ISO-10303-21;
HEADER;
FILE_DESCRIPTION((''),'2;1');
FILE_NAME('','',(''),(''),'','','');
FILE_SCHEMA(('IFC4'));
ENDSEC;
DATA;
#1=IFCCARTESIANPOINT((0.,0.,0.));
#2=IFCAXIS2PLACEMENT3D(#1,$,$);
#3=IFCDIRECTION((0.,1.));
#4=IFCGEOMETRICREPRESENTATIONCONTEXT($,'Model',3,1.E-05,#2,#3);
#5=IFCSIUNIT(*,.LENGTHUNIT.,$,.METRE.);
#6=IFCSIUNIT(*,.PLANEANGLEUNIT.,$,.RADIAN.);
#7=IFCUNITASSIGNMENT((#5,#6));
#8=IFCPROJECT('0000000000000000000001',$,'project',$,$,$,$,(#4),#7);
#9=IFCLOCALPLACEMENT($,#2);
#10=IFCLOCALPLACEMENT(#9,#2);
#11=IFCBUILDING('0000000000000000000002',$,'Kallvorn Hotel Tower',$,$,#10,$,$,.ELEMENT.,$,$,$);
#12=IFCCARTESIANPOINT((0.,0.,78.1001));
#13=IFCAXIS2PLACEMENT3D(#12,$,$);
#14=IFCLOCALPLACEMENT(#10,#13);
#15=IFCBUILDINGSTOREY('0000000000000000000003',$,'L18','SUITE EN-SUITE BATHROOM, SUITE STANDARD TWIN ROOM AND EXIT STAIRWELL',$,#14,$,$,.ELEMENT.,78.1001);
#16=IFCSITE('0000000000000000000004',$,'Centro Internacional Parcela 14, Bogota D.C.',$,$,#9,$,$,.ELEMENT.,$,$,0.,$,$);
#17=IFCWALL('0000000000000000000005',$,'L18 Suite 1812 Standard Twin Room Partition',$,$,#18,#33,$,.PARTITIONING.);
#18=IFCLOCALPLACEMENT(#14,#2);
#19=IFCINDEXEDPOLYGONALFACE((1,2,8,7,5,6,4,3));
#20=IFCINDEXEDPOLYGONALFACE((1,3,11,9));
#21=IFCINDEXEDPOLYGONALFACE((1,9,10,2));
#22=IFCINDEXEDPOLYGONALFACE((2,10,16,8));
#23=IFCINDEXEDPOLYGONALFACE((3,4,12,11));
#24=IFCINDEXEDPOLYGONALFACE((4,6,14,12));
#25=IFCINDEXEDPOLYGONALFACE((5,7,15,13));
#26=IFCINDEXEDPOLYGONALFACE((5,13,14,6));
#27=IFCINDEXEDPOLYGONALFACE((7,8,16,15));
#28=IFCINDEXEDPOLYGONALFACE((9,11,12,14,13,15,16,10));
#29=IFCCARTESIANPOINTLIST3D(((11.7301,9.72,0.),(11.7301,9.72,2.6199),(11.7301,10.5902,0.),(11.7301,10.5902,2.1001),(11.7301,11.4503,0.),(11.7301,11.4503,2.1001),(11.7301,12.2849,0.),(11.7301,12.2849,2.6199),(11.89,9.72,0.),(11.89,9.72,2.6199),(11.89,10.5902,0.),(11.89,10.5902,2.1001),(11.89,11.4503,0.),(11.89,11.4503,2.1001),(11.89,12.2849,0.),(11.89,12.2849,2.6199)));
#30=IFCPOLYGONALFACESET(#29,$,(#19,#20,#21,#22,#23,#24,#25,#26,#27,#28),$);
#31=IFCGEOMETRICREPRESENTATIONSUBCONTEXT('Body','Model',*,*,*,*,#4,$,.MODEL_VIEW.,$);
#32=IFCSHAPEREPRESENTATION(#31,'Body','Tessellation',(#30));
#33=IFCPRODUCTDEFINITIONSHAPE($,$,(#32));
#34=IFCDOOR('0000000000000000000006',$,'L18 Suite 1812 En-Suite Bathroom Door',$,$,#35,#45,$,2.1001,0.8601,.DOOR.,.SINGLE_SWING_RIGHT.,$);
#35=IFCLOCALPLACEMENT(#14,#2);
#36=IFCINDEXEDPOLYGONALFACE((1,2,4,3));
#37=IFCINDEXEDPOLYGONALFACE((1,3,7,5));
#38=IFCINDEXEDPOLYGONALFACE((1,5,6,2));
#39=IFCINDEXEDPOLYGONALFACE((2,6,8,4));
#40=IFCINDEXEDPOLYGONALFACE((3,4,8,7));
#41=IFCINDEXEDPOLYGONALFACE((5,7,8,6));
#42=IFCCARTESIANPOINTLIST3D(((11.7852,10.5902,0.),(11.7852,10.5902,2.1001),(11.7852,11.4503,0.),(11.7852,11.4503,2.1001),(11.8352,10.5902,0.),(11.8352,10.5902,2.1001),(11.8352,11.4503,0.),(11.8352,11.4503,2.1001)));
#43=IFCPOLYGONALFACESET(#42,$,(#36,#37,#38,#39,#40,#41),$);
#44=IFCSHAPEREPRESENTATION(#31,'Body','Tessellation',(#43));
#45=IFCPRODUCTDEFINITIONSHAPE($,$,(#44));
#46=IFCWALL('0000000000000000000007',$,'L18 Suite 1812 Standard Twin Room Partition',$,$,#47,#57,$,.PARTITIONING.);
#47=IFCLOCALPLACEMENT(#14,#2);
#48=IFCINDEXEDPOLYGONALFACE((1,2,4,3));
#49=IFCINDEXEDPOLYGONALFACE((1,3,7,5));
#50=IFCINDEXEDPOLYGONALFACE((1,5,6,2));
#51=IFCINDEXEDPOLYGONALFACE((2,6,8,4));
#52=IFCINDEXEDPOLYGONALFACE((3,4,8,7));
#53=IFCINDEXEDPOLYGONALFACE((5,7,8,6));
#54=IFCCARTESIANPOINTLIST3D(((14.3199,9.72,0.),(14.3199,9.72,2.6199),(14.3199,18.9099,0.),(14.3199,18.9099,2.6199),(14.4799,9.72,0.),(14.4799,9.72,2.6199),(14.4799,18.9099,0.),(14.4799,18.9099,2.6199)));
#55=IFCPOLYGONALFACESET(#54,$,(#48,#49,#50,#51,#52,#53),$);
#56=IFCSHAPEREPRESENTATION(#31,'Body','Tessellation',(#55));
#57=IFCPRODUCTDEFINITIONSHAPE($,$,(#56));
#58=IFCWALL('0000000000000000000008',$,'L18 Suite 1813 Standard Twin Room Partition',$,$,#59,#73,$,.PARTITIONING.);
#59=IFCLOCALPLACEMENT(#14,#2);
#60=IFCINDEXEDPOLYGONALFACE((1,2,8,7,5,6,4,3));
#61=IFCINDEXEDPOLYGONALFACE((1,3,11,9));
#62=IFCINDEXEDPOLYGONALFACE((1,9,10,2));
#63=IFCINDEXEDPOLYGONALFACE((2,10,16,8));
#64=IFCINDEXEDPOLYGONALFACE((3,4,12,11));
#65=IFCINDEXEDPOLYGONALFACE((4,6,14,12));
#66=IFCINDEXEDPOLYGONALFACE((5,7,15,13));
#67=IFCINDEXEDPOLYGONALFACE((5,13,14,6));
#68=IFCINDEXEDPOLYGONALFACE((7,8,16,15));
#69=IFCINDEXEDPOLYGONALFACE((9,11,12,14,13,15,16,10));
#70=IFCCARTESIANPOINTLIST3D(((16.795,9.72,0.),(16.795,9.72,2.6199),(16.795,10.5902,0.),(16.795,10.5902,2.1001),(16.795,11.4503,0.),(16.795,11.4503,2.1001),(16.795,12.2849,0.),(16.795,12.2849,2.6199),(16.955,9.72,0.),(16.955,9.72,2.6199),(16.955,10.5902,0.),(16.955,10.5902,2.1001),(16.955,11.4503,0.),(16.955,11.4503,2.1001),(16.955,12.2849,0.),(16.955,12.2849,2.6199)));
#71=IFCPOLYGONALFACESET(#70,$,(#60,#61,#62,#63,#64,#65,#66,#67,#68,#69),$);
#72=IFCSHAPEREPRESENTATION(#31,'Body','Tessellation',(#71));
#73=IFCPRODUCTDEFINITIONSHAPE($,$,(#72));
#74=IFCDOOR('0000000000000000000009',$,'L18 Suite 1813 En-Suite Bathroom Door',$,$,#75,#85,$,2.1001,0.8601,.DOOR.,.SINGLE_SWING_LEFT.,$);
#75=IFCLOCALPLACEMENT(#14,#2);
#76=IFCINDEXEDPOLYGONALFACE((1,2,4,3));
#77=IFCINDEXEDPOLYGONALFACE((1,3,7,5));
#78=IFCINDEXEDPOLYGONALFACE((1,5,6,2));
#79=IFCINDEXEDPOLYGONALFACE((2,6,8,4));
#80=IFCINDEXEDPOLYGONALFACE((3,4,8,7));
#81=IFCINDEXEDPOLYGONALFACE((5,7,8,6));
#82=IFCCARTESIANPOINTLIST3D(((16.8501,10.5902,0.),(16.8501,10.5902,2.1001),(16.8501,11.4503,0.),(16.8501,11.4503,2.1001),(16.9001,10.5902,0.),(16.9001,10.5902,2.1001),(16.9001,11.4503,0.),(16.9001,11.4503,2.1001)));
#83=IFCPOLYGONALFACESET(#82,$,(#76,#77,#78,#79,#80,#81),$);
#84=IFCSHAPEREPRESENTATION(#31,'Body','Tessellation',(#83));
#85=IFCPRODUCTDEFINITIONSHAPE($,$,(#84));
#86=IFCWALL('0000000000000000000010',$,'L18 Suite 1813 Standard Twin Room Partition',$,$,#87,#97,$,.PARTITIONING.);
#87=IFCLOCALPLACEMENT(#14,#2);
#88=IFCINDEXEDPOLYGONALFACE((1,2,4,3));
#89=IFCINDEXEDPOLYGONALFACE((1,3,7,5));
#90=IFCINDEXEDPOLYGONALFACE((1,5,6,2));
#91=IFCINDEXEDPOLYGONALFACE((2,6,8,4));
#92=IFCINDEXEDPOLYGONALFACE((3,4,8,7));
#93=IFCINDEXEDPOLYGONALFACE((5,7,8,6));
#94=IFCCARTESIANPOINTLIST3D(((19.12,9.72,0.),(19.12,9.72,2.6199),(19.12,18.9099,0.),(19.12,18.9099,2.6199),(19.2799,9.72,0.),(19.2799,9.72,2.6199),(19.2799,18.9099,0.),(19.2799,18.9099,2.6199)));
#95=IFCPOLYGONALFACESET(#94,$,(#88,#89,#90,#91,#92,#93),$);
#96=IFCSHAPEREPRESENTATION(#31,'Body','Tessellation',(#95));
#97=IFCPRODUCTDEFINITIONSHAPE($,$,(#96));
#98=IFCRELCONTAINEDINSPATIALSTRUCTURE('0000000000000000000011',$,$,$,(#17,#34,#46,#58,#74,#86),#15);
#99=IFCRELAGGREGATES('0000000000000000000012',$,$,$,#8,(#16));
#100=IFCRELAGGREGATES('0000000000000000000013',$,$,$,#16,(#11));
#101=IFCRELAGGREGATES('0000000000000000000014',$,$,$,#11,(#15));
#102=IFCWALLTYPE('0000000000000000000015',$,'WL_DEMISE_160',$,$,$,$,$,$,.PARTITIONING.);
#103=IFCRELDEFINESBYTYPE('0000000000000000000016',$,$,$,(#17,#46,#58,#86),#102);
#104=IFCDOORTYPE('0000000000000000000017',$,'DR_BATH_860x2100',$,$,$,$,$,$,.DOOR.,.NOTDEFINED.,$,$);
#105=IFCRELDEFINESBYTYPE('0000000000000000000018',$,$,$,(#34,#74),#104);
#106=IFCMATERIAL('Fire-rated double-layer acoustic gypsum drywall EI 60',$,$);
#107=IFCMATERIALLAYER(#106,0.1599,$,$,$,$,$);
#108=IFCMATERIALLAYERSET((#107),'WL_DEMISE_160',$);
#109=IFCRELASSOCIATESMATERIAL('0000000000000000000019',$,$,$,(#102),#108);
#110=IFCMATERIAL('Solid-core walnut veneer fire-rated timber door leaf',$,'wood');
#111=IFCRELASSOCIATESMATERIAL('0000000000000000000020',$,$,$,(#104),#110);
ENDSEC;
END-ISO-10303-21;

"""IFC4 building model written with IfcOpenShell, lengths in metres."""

from ifc_helpers import new_model, si_unit, direction, frame, frame_2d, origin, place, context, subcontext, project, spatial, rectangle, extrude, material, layer, layer_set, type_object, element, fill, save


model = new_model("IFC4")

# Units and contexts
model_context = context("Model", 3, precision=1e-05, world=origin(), true_north=direction((0.0, 1.0)))
body_context = subcontext(model_context, "Body", "Model", "MODEL_VIEW")
ifc_project = project(units=[si_unit("LENGTHUNIT", "METRE"), si_unit("PLANEANGLEUNIT", "RADIAN")], contexts=[model_context])

# Site, building, storey
site_placement = place(None, origin())
site = spatial("IfcSite", under=ifc_project, at=site_placement, Name="Centro Internacional Parcela 14, Bogota D.C.", CompositionType="ELEMENT", RefElevation=0.0)
building_placement = place(site_placement, origin())
building = spatial("IfcBuilding", under=site, at=building_placement, Name="Kallvorn Hotel Tower", CompositionType="ELEMENT")
storey_placement = place(building_placement, frame((0.0, 0.0, 78.1001)))
storey = spatial("IfcBuildingStorey", under=building, at=storey_placement, Name="L18", Description="SUITE EN-SUITE BATHROOM, SUITE STANDARD TWIN ROOM AND EXIT STAIRWELL", CompositionType="ELEMENT", Elevation=78.1001)

# Shared definitions
ifc_material_1 = material(Name="Fire-rated double-layer acoustic gypsum drywall EI 60")
ifc_layer = layer(ifc_material_1, 0.1599)
ifc_layer_set = layer_set([ifc_layer], Name="WL_DEMISE_160")
wall_type = type_object("IfcWallType", Name="WL_DEMISE_160", PredefinedType="PARTITIONING", material=ifc_layer_set)

# Wall, opening, door
wall_1_placement = place(storey_placement, frame((11.8101, 9.72, 0.0), z_axis=(0.0, 0.0, 1.0), x_axis=(0.0, 1.0, 0.0)))
wall_1 = element("IfcWall", 1, at=wall_1_placement, inside=storey, type_object=wall_type, Name="L18 Suite 1812 Standard Twin Room Partition", PredefinedType="PARTITIONING", context=body_context, shape_type="SweptSolid", body=[
    extrude(rectangle(XDim=2.5649, YDim=0.1599, at=frame_2d((1.2825, 0.0))), origin(), (0.0, 0.0, 1.0), 2.6199),
])
opening_1_placement = place(wall_1_placement, frame((0.8701, 0.0, 0.0)))
opening_1 = element("IfcOpeningElement", 2, at=opening_1_placement, cuts=wall_1, PredefinedType="OPENING", context=body_context, shape_type="SweptSolid", body=[
    extrude(rectangle(XDim=0.8601, YDim=2.1001, at=frame_2d((0.4302, 1.05))), frame((0.0, 0.095, 0.0), z_axis=(0.0, -1.0, 0.0), x_axis=(1.0, 0.0, 0.0)), (0.0, 0.0, 1.0), 0.1899),
])
ifc_material_2 = material(Name="Solid-core walnut veneer fire-rated timber door leaf", Category="wood")
door_type = type_object("IfcDoorType", Name="DR_BATH_860x2100", OperationType="NOTDEFINED", PredefinedType="DOOR", material=ifc_material_2)
door_1_placement = place(opening_1_placement, origin())
door_1 = element("IfcDoor", 3, at=door_1_placement, inside=storey, type_object=door_type, Name="L18 Suite 1812 En-Suite Bathroom Door", OperationType="SINGLE_SWING_RIGHT", OverallHeight=2.1001, OverallWidth=0.8601, PredefinedType="DOOR", context=body_context, shape_type="SweptSolid", body=[
    extrude(rectangle(XDim=0.8601, YDim=2.1001, at=frame_2d((0.4302, 1.05))), frame((0.0, 0.0249, 0.0), z_axis=(0.0, -1.0, 0.0), x_axis=(1.0, 0.0, 0.0)), (0.0, 0.0, 1.0), 0.05),
])
fill(opening_1, door_1)

# Wall
wall_2_placement = place(storey_placement, frame((14.3999, 9.72, 0.0), z_axis=(0.0, 0.0, 1.0), x_axis=(0.0, 1.0, 0.0)))
element("IfcWall", 4, at=wall_2_placement, inside=storey, type_object=wall_type, Name="L18 Suite 1812 Standard Twin Room Partition", PredefinedType="PARTITIONING", context=body_context, shape_type="SweptSolid", body=[
    extrude(rectangle(XDim=9.1899, YDim=0.1599, at=frame_2d((4.595, 0.0))), origin(), (0.0, 0.0, 1.0), 2.6199),
])

# Wall, opening, door
wall_3_placement = place(storey_placement, frame((16.875, 9.72, 0.0), z_axis=(0.0, 0.0, 1.0), x_axis=(0.0, 1.0, 0.0)))
wall_3 = element("IfcWall", 5, at=wall_3_placement, inside=storey, type_object=wall_type, Name="L18 Suite 1813 Standard Twin Room Partition", PredefinedType="PARTITIONING", context=body_context, shape_type="SweptSolid", body=[
    extrude(rectangle(XDim=2.5649, YDim=0.1599, at=frame_2d((1.2825, 0.0))), origin(), (0.0, 0.0, 1.0), 2.6199),
])
opening_2_placement = place(wall_3_placement, frame((0.8701, 0.0, 0.0)))
opening_2 = element("IfcOpeningElement", 6, at=opening_2_placement, cuts=wall_3, PredefinedType="OPENING", context=body_context, shape_type="SweptSolid", body=[
    extrude(rectangle(XDim=0.8601, YDim=2.1001, at=frame_2d((0.4302, 1.05))), frame((0.0, 0.095, 0.0), z_axis=(0.0, -1.0, 0.0), x_axis=(1.0, 0.0, 0.0)), (0.0, 0.0, 1.0), 0.1899),
])
door_2_placement = place(opening_2_placement, origin())
door_2 = element("IfcDoor", 7, at=door_2_placement, inside=storey, type_object=door_type, Name="L18 Suite 1813 En-Suite Bathroom Door", OperationType="SINGLE_SWING_LEFT", OverallHeight=2.1001, OverallWidth=0.8601, PredefinedType="DOOR", context=body_context, shape_type="SweptSolid", body=[
    extrude(rectangle(XDim=0.8601, YDim=2.1001, at=frame_2d((0.4302, 1.05))), frame((0.0, 0.0249, 0.0), z_axis=(0.0, -1.0, 0.0), x_axis=(1.0, 0.0, 0.0)), (0.0, 0.0, 1.0), 0.05),
])
fill(opening_2, door_2)

# Wall
wall_4_placement = place(storey_placement, frame((19.2, 9.72, 0.0), z_axis=(0.0, 0.0, 1.0), x_axis=(0.0, 1.0, 0.0)))
element("IfcWall", 8, at=wall_4_placement, inside=storey, type_object=wall_type, Name="L18 Suite 1813 Standard Twin Room Partition", PredefinedType="PARTITIONING", context=body_context, shape_type="SweptSolid", body=[
    extrude(rectangle(XDim=9.1899, YDim=0.1599, at=frame_2d((4.595, 0.0))), origin(), (0.0, 0.0, 1.0), 2.6199),
])

save(model, "model.ifc")
